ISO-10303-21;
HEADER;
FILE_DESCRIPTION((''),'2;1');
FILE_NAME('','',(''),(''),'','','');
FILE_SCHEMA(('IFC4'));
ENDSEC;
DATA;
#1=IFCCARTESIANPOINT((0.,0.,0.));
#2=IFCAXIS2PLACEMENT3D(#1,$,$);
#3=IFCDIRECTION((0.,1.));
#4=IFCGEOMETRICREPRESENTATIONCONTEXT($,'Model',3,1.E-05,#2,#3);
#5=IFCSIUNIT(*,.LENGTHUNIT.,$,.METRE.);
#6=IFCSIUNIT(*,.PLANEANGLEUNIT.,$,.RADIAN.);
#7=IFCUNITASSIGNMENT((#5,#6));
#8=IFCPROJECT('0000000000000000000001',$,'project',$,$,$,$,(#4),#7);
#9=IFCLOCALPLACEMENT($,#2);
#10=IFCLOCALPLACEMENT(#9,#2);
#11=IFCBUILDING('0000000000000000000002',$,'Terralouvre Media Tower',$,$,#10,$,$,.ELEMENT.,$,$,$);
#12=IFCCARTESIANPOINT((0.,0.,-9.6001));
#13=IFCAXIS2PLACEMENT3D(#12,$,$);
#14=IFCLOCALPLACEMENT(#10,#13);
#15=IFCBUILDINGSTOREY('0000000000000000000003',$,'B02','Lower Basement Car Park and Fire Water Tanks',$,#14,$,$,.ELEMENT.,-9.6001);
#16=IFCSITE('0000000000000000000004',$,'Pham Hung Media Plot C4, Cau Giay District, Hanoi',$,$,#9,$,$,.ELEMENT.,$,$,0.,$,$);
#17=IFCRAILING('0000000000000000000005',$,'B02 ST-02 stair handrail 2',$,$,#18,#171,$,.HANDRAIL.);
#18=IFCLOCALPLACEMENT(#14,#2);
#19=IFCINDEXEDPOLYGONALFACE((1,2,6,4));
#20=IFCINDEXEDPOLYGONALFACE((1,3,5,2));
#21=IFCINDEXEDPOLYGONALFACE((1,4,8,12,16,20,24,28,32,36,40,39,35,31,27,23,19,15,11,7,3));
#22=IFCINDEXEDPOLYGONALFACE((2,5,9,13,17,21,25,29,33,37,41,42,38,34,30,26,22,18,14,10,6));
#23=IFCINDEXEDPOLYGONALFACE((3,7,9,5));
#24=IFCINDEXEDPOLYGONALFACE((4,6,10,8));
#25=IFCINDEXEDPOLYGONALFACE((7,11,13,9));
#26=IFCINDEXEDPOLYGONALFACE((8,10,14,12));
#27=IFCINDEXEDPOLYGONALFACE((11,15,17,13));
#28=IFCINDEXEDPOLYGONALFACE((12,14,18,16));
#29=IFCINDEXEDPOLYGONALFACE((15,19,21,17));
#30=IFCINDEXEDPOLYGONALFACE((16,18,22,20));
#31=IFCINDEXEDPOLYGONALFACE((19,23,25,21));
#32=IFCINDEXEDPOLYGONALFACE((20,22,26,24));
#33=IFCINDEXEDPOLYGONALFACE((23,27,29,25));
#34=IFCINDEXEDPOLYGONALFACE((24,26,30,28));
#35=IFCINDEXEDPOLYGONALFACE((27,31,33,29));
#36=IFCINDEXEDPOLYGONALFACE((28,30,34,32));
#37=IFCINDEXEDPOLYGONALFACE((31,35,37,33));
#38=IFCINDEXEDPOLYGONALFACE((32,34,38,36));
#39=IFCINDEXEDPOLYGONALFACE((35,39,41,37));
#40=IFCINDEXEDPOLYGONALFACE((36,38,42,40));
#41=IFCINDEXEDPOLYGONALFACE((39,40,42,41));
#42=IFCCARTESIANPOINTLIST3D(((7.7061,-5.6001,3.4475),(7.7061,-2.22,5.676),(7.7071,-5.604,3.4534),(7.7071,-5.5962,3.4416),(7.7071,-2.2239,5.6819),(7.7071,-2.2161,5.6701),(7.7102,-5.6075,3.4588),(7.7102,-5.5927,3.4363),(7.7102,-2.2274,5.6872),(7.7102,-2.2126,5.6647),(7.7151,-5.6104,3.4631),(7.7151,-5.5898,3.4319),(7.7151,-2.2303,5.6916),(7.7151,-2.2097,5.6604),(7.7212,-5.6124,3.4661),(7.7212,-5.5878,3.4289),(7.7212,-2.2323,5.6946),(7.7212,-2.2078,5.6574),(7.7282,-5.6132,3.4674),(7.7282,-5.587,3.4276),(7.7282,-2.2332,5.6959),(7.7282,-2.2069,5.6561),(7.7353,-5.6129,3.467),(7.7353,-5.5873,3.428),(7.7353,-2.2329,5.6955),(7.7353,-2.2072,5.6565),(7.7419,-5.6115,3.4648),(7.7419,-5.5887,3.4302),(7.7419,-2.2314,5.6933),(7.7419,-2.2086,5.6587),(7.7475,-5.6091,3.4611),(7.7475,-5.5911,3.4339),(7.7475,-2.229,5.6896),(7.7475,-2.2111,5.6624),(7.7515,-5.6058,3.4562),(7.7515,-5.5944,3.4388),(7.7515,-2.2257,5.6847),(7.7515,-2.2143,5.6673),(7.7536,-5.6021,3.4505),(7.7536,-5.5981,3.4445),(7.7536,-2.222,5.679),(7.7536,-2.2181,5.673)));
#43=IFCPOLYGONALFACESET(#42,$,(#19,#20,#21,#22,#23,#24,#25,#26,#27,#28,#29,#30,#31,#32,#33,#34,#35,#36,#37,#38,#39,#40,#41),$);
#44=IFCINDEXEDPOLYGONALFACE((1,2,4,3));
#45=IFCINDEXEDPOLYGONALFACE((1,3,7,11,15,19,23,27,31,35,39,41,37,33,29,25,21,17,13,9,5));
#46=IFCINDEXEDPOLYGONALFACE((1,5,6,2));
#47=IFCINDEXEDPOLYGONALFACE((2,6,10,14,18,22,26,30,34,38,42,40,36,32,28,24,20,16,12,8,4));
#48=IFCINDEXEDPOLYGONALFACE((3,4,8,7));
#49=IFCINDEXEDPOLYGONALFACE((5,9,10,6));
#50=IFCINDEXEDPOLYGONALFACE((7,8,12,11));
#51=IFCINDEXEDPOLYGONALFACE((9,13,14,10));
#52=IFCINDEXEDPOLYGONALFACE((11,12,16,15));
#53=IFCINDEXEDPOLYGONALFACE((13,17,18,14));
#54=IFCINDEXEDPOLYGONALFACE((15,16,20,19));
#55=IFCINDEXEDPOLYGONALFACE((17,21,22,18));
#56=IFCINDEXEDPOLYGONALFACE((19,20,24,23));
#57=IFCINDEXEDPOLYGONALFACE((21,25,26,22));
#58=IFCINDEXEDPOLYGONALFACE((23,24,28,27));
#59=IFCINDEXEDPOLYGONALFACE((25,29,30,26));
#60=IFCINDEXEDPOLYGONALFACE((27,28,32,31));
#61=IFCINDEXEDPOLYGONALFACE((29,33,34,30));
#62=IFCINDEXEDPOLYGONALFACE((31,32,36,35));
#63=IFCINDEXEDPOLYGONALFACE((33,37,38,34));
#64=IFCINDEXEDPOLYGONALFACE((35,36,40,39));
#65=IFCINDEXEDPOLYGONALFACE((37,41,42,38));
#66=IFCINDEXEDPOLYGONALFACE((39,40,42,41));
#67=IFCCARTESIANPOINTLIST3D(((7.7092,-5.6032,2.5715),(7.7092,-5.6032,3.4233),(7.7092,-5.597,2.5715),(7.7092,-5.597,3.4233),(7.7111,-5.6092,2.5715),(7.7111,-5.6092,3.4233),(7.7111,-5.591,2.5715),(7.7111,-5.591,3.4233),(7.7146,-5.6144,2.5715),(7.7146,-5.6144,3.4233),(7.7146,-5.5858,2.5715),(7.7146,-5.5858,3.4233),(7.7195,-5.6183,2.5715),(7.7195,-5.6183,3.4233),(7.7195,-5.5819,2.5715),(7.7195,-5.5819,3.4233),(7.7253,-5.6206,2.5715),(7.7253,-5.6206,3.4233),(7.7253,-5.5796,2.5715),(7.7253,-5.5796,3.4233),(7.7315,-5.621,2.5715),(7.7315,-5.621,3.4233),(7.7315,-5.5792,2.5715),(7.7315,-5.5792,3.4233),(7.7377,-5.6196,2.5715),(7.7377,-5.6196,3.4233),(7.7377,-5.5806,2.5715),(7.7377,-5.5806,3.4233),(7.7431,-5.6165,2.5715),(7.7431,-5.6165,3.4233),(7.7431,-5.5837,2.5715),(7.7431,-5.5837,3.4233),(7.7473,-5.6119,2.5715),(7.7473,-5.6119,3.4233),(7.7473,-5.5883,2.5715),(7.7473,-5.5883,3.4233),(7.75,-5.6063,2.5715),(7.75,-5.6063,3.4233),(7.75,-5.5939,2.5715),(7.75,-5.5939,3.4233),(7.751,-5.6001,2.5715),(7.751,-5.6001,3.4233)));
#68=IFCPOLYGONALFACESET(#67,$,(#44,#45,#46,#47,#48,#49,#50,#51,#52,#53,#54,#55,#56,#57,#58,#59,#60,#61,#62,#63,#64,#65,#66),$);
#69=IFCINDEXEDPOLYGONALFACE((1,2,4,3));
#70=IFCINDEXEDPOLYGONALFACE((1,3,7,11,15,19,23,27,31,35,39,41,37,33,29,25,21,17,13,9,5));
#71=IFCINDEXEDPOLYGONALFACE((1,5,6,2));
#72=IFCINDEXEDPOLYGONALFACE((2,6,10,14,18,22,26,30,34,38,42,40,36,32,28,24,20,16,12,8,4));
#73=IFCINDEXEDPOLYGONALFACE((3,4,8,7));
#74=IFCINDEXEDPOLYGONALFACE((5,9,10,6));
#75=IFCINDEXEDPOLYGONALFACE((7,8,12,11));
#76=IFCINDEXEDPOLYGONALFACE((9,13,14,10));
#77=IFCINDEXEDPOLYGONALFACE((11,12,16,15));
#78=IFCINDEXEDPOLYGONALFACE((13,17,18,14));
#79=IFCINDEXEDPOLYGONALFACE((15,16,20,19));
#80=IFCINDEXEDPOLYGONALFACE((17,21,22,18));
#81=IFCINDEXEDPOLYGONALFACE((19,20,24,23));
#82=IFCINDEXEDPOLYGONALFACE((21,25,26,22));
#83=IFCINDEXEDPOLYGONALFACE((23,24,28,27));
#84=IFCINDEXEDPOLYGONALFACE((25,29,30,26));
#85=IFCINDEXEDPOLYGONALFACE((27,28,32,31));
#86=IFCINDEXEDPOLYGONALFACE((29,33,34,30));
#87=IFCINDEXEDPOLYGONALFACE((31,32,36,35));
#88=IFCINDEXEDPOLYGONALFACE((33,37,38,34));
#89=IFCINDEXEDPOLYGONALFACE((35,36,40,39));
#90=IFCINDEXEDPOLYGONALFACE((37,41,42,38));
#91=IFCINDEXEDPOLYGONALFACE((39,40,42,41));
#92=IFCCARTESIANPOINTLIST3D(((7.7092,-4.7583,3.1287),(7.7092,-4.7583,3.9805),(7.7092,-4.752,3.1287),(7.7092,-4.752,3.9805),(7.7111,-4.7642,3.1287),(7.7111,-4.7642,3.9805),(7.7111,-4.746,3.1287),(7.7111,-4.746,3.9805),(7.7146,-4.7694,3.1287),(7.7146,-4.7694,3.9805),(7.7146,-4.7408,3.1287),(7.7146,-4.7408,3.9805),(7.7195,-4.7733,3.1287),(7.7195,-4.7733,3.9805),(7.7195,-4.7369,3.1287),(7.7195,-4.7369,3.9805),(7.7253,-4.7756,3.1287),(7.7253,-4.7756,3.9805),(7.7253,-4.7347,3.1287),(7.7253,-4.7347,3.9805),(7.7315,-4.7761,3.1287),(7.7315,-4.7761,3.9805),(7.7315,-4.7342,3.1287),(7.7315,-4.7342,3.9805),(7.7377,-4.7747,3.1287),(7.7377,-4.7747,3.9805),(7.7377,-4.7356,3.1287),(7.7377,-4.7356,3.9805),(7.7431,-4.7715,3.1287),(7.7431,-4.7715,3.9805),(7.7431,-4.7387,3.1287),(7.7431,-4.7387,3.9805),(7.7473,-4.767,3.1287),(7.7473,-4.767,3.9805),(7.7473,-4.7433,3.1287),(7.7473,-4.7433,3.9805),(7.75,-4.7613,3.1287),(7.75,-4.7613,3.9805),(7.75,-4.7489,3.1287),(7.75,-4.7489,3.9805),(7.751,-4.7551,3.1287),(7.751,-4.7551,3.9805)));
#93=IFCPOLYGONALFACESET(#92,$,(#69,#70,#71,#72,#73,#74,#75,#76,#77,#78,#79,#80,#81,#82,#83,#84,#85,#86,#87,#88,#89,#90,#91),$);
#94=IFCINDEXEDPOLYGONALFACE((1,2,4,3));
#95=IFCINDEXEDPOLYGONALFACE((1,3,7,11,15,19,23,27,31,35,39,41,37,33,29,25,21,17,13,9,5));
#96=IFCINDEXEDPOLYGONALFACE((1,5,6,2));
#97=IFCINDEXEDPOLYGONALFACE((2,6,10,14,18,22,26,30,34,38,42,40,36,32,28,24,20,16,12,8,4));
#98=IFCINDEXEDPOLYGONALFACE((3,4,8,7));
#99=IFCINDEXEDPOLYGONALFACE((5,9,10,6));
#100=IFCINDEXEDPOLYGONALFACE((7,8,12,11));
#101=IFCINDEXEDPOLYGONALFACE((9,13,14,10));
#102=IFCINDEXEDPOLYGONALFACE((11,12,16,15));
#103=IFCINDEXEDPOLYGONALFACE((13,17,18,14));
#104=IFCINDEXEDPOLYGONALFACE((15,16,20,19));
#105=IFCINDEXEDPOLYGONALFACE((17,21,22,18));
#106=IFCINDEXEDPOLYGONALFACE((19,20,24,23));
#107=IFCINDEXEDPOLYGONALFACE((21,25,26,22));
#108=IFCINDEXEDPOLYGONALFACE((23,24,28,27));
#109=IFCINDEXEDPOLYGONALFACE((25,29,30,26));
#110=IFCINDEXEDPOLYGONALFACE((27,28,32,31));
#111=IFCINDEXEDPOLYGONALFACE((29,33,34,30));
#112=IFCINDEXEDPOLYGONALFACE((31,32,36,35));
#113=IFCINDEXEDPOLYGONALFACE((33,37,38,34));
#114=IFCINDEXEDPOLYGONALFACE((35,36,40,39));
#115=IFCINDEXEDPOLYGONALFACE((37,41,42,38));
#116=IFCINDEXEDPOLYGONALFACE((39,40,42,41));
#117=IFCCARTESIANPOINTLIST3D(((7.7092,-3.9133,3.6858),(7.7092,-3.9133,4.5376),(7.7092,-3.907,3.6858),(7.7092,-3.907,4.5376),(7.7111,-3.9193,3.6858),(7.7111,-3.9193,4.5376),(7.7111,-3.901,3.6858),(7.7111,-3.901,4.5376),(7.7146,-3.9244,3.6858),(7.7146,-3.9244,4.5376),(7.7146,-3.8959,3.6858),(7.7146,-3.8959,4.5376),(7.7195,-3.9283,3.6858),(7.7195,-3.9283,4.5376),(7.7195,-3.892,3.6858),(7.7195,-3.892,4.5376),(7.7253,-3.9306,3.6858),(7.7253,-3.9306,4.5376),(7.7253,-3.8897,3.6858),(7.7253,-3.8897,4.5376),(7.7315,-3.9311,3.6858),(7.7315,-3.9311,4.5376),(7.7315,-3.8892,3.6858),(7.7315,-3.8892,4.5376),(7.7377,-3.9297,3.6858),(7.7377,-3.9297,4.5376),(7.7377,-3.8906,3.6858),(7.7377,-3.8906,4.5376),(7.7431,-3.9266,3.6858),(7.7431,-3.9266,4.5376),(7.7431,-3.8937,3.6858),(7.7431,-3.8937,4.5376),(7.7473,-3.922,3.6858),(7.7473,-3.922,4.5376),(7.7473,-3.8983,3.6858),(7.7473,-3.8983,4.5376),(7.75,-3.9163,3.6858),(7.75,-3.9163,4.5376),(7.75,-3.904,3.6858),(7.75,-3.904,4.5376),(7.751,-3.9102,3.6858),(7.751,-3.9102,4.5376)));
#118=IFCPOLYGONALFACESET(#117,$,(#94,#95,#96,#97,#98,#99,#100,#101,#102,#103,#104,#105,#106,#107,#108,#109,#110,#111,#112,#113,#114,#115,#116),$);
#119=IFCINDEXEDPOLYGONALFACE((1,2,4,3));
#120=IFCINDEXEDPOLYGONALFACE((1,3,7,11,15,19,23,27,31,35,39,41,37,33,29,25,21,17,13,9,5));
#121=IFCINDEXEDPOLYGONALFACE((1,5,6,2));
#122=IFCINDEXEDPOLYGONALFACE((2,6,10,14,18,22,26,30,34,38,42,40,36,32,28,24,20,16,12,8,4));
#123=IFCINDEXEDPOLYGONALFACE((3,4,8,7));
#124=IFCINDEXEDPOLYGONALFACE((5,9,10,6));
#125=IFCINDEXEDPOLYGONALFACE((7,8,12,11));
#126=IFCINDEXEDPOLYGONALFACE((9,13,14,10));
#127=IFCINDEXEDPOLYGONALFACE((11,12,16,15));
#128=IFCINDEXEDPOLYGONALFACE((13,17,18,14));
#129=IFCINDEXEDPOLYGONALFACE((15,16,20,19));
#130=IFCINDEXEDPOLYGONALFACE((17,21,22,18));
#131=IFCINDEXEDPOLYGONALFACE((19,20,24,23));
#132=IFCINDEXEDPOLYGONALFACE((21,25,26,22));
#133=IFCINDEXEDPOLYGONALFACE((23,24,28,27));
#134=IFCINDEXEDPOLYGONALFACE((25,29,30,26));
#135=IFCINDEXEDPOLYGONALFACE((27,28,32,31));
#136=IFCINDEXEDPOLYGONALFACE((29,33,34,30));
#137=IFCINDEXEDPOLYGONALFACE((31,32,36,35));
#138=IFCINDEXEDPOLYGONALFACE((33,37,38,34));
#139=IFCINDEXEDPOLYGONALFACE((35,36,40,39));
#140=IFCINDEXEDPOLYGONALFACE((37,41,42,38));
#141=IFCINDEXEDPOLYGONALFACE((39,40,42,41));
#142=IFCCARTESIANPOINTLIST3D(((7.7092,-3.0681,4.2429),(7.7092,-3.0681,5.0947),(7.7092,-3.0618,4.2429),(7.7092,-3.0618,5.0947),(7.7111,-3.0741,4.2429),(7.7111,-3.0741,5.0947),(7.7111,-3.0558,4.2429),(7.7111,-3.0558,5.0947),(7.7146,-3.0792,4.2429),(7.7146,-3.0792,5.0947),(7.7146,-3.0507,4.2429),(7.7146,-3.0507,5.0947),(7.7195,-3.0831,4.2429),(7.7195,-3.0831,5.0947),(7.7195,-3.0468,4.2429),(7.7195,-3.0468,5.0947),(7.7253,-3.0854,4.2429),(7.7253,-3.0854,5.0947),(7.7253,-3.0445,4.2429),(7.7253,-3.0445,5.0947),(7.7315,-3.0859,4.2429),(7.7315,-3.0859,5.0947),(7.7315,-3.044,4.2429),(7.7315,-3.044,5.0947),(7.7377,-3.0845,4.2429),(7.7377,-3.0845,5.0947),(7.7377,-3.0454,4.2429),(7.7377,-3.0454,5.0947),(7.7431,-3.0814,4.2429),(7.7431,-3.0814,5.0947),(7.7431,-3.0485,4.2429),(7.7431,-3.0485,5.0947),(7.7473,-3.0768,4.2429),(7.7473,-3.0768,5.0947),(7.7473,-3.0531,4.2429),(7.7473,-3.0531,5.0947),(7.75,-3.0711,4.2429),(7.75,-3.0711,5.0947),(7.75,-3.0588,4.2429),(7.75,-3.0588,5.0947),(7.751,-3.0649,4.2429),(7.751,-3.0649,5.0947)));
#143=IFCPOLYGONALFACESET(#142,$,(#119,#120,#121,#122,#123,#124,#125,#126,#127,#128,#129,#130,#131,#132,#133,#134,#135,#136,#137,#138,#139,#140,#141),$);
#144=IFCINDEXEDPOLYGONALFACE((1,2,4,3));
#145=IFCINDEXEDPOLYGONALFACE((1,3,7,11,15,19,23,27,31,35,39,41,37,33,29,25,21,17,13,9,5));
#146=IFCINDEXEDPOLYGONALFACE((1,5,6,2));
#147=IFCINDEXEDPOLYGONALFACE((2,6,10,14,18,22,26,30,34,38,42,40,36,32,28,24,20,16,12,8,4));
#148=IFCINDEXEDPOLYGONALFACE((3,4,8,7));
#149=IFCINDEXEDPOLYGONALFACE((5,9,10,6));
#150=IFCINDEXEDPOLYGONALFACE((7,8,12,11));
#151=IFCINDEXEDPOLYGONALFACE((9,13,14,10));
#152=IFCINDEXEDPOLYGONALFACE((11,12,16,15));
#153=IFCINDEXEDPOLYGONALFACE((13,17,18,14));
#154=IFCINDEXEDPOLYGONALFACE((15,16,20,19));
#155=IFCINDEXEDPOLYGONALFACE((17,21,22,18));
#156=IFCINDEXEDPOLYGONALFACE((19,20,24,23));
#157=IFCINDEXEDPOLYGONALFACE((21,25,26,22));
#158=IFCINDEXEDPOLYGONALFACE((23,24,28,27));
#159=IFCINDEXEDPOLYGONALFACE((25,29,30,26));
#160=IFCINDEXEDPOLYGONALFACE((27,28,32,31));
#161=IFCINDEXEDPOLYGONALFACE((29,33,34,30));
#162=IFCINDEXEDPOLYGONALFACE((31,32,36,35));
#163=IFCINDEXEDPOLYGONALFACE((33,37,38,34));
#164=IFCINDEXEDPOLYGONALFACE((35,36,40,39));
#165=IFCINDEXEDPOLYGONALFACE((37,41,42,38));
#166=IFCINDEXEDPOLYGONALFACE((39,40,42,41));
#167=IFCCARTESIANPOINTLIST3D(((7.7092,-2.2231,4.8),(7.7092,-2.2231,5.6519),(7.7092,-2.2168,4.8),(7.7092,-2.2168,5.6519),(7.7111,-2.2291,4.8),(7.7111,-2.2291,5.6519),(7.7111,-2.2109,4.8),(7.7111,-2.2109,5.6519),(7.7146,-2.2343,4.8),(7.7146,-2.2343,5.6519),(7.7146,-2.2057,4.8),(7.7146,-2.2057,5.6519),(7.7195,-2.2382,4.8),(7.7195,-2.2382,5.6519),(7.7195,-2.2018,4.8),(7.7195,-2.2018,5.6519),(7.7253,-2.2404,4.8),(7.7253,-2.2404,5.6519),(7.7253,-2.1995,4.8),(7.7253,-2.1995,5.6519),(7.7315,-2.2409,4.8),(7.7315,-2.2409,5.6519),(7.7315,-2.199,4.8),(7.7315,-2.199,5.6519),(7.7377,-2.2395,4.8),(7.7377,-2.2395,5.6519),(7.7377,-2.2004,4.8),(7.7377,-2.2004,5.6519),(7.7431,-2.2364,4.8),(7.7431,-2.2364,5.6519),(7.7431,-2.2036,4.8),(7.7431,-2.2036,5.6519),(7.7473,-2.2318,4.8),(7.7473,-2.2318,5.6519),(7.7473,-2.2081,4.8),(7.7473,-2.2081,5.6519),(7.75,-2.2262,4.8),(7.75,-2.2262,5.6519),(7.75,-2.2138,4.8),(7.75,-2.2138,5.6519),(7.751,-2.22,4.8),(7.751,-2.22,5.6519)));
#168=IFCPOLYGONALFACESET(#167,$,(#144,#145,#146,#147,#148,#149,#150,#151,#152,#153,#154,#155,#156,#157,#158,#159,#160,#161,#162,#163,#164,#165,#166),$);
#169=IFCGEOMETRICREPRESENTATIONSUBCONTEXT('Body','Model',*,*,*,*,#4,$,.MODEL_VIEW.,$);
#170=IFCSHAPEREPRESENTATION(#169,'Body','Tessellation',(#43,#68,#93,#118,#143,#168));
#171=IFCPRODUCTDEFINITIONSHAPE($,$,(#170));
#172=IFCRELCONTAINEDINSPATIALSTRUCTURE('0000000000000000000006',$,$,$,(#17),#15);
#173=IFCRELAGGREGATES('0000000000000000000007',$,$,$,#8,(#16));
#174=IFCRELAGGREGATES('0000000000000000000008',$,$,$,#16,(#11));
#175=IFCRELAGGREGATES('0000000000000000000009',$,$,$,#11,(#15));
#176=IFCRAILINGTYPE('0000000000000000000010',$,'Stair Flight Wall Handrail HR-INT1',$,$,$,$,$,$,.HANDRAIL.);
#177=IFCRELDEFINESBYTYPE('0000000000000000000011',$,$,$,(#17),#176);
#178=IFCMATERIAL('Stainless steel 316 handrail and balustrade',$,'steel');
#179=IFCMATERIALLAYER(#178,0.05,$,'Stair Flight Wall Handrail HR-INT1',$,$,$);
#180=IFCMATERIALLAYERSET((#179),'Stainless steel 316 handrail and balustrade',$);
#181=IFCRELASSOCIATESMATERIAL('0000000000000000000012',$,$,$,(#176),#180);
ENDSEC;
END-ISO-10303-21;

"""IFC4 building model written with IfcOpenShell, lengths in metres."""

from ifc_helpers import new_model, si_unit, direction, frame, origin, origin_2d, place, context, subcontext, project, spatial, circle, extrude, material, layer, layer_set, type_object, element, save


model = new_model("IFC4")

# Units and contexts
model_context = context("Model", 3, precision=1e-05, world=origin(), true_north=direction((0.0, 1.0)))
body_context = subcontext(model_context, "Body", "Model", "MODEL_VIEW")
ifc_project = project(units=[si_unit("LENGTHUNIT", "METRE"), si_unit("PLANEANGLEUNIT", "RADIAN")], contexts=[model_context])

# Site, building, storey
site_placement = place(None, origin())
site = spatial("IfcSite", under=ifc_project, at=site_placement, Name="Pham Hung Media Plot C4, Cau Giay District, Hanoi", CompositionType="ELEMENT", RefElevation=0.0)
building_placement = place(site_placement, origin())
building = spatial("IfcBuilding", under=site, at=building_placement, Name="Terralouvre Media Tower", CompositionType="ELEMENT")
storey_placement = place(building_placement, frame((0.0, 0.0, -9.6001)))
storey = spatial("IfcBuildingStorey", under=building, at=storey_placement, Name="B02", Description="Lower Basement Car Park and Fire Water Tanks", CompositionType="ELEMENT", Elevation=-9.6001)

# Railing
ifc_material_1 = material(Name="Stainless steel 316 handrail and balustrade", Category="steel")
ifc_layer_1 = layer(ifc_material_1, 0.05, Name="Stair Flight Wall Handrail HR-INT1")
ifc_layer_set_1 = layer_set([ifc_layer_1], Name="Stainless steel 316 handrail and balustrade")
railing_type_1 = type_object("IfcRailingType", Name="Stair Flight Wall Handrail HR-INT1", PredefinedType="HANDRAIL", material=ifc_layer_set_1)
railing_1_placement = place(storey_placement, frame((7.73, -5.6001, 2.5715)))
element("IfcRailing", 1, at=railing_1_placement, inside=storey, type_object=railing_type_1, Name="B02 ST-02 stair handrail 2", PredefinedType="HANDRAIL", context=body_context, shape_type="SweptSolid", body=[
    extrude(circle(Radius=0.0239, at=origin_2d()), frame((0.0, 0.0, 0.876), z_axis=(0.0, 0.834878, 0.550435), x_axis=(-1.0, 0.0, 0.0)), (0.0, 0.0, 1.0), 4.0486),
    extrude(circle(Radius=0.021, at=origin_2d()), origin(), (0.0, 0.0, 1.0), 0.8518),
    extrude(circle(Radius=0.021, at=origin_2d()), frame((0.0, 0.845, 0.5571)), (0.0, 0.0, 1.0), 0.8518),
    extrude(circle(Radius=0.021, at=origin_2d()), frame((0.0, 1.6899, 1.1143)), (0.0, 0.0, 1.0), 0.8518),
    extrude(circle(Radius=0.021, at=origin_2d()), frame((0.0, 2.5352, 1.6714)), (0.0, 0.0, 1.0), 0.8518),
    extrude(circle(Radius=0.021, at=origin_2d()), frame((0.0, 3.3801, 2.2285)), (0.0, 0.0, 1.0), 0.8518),
])

save(model, "model.ifc")
